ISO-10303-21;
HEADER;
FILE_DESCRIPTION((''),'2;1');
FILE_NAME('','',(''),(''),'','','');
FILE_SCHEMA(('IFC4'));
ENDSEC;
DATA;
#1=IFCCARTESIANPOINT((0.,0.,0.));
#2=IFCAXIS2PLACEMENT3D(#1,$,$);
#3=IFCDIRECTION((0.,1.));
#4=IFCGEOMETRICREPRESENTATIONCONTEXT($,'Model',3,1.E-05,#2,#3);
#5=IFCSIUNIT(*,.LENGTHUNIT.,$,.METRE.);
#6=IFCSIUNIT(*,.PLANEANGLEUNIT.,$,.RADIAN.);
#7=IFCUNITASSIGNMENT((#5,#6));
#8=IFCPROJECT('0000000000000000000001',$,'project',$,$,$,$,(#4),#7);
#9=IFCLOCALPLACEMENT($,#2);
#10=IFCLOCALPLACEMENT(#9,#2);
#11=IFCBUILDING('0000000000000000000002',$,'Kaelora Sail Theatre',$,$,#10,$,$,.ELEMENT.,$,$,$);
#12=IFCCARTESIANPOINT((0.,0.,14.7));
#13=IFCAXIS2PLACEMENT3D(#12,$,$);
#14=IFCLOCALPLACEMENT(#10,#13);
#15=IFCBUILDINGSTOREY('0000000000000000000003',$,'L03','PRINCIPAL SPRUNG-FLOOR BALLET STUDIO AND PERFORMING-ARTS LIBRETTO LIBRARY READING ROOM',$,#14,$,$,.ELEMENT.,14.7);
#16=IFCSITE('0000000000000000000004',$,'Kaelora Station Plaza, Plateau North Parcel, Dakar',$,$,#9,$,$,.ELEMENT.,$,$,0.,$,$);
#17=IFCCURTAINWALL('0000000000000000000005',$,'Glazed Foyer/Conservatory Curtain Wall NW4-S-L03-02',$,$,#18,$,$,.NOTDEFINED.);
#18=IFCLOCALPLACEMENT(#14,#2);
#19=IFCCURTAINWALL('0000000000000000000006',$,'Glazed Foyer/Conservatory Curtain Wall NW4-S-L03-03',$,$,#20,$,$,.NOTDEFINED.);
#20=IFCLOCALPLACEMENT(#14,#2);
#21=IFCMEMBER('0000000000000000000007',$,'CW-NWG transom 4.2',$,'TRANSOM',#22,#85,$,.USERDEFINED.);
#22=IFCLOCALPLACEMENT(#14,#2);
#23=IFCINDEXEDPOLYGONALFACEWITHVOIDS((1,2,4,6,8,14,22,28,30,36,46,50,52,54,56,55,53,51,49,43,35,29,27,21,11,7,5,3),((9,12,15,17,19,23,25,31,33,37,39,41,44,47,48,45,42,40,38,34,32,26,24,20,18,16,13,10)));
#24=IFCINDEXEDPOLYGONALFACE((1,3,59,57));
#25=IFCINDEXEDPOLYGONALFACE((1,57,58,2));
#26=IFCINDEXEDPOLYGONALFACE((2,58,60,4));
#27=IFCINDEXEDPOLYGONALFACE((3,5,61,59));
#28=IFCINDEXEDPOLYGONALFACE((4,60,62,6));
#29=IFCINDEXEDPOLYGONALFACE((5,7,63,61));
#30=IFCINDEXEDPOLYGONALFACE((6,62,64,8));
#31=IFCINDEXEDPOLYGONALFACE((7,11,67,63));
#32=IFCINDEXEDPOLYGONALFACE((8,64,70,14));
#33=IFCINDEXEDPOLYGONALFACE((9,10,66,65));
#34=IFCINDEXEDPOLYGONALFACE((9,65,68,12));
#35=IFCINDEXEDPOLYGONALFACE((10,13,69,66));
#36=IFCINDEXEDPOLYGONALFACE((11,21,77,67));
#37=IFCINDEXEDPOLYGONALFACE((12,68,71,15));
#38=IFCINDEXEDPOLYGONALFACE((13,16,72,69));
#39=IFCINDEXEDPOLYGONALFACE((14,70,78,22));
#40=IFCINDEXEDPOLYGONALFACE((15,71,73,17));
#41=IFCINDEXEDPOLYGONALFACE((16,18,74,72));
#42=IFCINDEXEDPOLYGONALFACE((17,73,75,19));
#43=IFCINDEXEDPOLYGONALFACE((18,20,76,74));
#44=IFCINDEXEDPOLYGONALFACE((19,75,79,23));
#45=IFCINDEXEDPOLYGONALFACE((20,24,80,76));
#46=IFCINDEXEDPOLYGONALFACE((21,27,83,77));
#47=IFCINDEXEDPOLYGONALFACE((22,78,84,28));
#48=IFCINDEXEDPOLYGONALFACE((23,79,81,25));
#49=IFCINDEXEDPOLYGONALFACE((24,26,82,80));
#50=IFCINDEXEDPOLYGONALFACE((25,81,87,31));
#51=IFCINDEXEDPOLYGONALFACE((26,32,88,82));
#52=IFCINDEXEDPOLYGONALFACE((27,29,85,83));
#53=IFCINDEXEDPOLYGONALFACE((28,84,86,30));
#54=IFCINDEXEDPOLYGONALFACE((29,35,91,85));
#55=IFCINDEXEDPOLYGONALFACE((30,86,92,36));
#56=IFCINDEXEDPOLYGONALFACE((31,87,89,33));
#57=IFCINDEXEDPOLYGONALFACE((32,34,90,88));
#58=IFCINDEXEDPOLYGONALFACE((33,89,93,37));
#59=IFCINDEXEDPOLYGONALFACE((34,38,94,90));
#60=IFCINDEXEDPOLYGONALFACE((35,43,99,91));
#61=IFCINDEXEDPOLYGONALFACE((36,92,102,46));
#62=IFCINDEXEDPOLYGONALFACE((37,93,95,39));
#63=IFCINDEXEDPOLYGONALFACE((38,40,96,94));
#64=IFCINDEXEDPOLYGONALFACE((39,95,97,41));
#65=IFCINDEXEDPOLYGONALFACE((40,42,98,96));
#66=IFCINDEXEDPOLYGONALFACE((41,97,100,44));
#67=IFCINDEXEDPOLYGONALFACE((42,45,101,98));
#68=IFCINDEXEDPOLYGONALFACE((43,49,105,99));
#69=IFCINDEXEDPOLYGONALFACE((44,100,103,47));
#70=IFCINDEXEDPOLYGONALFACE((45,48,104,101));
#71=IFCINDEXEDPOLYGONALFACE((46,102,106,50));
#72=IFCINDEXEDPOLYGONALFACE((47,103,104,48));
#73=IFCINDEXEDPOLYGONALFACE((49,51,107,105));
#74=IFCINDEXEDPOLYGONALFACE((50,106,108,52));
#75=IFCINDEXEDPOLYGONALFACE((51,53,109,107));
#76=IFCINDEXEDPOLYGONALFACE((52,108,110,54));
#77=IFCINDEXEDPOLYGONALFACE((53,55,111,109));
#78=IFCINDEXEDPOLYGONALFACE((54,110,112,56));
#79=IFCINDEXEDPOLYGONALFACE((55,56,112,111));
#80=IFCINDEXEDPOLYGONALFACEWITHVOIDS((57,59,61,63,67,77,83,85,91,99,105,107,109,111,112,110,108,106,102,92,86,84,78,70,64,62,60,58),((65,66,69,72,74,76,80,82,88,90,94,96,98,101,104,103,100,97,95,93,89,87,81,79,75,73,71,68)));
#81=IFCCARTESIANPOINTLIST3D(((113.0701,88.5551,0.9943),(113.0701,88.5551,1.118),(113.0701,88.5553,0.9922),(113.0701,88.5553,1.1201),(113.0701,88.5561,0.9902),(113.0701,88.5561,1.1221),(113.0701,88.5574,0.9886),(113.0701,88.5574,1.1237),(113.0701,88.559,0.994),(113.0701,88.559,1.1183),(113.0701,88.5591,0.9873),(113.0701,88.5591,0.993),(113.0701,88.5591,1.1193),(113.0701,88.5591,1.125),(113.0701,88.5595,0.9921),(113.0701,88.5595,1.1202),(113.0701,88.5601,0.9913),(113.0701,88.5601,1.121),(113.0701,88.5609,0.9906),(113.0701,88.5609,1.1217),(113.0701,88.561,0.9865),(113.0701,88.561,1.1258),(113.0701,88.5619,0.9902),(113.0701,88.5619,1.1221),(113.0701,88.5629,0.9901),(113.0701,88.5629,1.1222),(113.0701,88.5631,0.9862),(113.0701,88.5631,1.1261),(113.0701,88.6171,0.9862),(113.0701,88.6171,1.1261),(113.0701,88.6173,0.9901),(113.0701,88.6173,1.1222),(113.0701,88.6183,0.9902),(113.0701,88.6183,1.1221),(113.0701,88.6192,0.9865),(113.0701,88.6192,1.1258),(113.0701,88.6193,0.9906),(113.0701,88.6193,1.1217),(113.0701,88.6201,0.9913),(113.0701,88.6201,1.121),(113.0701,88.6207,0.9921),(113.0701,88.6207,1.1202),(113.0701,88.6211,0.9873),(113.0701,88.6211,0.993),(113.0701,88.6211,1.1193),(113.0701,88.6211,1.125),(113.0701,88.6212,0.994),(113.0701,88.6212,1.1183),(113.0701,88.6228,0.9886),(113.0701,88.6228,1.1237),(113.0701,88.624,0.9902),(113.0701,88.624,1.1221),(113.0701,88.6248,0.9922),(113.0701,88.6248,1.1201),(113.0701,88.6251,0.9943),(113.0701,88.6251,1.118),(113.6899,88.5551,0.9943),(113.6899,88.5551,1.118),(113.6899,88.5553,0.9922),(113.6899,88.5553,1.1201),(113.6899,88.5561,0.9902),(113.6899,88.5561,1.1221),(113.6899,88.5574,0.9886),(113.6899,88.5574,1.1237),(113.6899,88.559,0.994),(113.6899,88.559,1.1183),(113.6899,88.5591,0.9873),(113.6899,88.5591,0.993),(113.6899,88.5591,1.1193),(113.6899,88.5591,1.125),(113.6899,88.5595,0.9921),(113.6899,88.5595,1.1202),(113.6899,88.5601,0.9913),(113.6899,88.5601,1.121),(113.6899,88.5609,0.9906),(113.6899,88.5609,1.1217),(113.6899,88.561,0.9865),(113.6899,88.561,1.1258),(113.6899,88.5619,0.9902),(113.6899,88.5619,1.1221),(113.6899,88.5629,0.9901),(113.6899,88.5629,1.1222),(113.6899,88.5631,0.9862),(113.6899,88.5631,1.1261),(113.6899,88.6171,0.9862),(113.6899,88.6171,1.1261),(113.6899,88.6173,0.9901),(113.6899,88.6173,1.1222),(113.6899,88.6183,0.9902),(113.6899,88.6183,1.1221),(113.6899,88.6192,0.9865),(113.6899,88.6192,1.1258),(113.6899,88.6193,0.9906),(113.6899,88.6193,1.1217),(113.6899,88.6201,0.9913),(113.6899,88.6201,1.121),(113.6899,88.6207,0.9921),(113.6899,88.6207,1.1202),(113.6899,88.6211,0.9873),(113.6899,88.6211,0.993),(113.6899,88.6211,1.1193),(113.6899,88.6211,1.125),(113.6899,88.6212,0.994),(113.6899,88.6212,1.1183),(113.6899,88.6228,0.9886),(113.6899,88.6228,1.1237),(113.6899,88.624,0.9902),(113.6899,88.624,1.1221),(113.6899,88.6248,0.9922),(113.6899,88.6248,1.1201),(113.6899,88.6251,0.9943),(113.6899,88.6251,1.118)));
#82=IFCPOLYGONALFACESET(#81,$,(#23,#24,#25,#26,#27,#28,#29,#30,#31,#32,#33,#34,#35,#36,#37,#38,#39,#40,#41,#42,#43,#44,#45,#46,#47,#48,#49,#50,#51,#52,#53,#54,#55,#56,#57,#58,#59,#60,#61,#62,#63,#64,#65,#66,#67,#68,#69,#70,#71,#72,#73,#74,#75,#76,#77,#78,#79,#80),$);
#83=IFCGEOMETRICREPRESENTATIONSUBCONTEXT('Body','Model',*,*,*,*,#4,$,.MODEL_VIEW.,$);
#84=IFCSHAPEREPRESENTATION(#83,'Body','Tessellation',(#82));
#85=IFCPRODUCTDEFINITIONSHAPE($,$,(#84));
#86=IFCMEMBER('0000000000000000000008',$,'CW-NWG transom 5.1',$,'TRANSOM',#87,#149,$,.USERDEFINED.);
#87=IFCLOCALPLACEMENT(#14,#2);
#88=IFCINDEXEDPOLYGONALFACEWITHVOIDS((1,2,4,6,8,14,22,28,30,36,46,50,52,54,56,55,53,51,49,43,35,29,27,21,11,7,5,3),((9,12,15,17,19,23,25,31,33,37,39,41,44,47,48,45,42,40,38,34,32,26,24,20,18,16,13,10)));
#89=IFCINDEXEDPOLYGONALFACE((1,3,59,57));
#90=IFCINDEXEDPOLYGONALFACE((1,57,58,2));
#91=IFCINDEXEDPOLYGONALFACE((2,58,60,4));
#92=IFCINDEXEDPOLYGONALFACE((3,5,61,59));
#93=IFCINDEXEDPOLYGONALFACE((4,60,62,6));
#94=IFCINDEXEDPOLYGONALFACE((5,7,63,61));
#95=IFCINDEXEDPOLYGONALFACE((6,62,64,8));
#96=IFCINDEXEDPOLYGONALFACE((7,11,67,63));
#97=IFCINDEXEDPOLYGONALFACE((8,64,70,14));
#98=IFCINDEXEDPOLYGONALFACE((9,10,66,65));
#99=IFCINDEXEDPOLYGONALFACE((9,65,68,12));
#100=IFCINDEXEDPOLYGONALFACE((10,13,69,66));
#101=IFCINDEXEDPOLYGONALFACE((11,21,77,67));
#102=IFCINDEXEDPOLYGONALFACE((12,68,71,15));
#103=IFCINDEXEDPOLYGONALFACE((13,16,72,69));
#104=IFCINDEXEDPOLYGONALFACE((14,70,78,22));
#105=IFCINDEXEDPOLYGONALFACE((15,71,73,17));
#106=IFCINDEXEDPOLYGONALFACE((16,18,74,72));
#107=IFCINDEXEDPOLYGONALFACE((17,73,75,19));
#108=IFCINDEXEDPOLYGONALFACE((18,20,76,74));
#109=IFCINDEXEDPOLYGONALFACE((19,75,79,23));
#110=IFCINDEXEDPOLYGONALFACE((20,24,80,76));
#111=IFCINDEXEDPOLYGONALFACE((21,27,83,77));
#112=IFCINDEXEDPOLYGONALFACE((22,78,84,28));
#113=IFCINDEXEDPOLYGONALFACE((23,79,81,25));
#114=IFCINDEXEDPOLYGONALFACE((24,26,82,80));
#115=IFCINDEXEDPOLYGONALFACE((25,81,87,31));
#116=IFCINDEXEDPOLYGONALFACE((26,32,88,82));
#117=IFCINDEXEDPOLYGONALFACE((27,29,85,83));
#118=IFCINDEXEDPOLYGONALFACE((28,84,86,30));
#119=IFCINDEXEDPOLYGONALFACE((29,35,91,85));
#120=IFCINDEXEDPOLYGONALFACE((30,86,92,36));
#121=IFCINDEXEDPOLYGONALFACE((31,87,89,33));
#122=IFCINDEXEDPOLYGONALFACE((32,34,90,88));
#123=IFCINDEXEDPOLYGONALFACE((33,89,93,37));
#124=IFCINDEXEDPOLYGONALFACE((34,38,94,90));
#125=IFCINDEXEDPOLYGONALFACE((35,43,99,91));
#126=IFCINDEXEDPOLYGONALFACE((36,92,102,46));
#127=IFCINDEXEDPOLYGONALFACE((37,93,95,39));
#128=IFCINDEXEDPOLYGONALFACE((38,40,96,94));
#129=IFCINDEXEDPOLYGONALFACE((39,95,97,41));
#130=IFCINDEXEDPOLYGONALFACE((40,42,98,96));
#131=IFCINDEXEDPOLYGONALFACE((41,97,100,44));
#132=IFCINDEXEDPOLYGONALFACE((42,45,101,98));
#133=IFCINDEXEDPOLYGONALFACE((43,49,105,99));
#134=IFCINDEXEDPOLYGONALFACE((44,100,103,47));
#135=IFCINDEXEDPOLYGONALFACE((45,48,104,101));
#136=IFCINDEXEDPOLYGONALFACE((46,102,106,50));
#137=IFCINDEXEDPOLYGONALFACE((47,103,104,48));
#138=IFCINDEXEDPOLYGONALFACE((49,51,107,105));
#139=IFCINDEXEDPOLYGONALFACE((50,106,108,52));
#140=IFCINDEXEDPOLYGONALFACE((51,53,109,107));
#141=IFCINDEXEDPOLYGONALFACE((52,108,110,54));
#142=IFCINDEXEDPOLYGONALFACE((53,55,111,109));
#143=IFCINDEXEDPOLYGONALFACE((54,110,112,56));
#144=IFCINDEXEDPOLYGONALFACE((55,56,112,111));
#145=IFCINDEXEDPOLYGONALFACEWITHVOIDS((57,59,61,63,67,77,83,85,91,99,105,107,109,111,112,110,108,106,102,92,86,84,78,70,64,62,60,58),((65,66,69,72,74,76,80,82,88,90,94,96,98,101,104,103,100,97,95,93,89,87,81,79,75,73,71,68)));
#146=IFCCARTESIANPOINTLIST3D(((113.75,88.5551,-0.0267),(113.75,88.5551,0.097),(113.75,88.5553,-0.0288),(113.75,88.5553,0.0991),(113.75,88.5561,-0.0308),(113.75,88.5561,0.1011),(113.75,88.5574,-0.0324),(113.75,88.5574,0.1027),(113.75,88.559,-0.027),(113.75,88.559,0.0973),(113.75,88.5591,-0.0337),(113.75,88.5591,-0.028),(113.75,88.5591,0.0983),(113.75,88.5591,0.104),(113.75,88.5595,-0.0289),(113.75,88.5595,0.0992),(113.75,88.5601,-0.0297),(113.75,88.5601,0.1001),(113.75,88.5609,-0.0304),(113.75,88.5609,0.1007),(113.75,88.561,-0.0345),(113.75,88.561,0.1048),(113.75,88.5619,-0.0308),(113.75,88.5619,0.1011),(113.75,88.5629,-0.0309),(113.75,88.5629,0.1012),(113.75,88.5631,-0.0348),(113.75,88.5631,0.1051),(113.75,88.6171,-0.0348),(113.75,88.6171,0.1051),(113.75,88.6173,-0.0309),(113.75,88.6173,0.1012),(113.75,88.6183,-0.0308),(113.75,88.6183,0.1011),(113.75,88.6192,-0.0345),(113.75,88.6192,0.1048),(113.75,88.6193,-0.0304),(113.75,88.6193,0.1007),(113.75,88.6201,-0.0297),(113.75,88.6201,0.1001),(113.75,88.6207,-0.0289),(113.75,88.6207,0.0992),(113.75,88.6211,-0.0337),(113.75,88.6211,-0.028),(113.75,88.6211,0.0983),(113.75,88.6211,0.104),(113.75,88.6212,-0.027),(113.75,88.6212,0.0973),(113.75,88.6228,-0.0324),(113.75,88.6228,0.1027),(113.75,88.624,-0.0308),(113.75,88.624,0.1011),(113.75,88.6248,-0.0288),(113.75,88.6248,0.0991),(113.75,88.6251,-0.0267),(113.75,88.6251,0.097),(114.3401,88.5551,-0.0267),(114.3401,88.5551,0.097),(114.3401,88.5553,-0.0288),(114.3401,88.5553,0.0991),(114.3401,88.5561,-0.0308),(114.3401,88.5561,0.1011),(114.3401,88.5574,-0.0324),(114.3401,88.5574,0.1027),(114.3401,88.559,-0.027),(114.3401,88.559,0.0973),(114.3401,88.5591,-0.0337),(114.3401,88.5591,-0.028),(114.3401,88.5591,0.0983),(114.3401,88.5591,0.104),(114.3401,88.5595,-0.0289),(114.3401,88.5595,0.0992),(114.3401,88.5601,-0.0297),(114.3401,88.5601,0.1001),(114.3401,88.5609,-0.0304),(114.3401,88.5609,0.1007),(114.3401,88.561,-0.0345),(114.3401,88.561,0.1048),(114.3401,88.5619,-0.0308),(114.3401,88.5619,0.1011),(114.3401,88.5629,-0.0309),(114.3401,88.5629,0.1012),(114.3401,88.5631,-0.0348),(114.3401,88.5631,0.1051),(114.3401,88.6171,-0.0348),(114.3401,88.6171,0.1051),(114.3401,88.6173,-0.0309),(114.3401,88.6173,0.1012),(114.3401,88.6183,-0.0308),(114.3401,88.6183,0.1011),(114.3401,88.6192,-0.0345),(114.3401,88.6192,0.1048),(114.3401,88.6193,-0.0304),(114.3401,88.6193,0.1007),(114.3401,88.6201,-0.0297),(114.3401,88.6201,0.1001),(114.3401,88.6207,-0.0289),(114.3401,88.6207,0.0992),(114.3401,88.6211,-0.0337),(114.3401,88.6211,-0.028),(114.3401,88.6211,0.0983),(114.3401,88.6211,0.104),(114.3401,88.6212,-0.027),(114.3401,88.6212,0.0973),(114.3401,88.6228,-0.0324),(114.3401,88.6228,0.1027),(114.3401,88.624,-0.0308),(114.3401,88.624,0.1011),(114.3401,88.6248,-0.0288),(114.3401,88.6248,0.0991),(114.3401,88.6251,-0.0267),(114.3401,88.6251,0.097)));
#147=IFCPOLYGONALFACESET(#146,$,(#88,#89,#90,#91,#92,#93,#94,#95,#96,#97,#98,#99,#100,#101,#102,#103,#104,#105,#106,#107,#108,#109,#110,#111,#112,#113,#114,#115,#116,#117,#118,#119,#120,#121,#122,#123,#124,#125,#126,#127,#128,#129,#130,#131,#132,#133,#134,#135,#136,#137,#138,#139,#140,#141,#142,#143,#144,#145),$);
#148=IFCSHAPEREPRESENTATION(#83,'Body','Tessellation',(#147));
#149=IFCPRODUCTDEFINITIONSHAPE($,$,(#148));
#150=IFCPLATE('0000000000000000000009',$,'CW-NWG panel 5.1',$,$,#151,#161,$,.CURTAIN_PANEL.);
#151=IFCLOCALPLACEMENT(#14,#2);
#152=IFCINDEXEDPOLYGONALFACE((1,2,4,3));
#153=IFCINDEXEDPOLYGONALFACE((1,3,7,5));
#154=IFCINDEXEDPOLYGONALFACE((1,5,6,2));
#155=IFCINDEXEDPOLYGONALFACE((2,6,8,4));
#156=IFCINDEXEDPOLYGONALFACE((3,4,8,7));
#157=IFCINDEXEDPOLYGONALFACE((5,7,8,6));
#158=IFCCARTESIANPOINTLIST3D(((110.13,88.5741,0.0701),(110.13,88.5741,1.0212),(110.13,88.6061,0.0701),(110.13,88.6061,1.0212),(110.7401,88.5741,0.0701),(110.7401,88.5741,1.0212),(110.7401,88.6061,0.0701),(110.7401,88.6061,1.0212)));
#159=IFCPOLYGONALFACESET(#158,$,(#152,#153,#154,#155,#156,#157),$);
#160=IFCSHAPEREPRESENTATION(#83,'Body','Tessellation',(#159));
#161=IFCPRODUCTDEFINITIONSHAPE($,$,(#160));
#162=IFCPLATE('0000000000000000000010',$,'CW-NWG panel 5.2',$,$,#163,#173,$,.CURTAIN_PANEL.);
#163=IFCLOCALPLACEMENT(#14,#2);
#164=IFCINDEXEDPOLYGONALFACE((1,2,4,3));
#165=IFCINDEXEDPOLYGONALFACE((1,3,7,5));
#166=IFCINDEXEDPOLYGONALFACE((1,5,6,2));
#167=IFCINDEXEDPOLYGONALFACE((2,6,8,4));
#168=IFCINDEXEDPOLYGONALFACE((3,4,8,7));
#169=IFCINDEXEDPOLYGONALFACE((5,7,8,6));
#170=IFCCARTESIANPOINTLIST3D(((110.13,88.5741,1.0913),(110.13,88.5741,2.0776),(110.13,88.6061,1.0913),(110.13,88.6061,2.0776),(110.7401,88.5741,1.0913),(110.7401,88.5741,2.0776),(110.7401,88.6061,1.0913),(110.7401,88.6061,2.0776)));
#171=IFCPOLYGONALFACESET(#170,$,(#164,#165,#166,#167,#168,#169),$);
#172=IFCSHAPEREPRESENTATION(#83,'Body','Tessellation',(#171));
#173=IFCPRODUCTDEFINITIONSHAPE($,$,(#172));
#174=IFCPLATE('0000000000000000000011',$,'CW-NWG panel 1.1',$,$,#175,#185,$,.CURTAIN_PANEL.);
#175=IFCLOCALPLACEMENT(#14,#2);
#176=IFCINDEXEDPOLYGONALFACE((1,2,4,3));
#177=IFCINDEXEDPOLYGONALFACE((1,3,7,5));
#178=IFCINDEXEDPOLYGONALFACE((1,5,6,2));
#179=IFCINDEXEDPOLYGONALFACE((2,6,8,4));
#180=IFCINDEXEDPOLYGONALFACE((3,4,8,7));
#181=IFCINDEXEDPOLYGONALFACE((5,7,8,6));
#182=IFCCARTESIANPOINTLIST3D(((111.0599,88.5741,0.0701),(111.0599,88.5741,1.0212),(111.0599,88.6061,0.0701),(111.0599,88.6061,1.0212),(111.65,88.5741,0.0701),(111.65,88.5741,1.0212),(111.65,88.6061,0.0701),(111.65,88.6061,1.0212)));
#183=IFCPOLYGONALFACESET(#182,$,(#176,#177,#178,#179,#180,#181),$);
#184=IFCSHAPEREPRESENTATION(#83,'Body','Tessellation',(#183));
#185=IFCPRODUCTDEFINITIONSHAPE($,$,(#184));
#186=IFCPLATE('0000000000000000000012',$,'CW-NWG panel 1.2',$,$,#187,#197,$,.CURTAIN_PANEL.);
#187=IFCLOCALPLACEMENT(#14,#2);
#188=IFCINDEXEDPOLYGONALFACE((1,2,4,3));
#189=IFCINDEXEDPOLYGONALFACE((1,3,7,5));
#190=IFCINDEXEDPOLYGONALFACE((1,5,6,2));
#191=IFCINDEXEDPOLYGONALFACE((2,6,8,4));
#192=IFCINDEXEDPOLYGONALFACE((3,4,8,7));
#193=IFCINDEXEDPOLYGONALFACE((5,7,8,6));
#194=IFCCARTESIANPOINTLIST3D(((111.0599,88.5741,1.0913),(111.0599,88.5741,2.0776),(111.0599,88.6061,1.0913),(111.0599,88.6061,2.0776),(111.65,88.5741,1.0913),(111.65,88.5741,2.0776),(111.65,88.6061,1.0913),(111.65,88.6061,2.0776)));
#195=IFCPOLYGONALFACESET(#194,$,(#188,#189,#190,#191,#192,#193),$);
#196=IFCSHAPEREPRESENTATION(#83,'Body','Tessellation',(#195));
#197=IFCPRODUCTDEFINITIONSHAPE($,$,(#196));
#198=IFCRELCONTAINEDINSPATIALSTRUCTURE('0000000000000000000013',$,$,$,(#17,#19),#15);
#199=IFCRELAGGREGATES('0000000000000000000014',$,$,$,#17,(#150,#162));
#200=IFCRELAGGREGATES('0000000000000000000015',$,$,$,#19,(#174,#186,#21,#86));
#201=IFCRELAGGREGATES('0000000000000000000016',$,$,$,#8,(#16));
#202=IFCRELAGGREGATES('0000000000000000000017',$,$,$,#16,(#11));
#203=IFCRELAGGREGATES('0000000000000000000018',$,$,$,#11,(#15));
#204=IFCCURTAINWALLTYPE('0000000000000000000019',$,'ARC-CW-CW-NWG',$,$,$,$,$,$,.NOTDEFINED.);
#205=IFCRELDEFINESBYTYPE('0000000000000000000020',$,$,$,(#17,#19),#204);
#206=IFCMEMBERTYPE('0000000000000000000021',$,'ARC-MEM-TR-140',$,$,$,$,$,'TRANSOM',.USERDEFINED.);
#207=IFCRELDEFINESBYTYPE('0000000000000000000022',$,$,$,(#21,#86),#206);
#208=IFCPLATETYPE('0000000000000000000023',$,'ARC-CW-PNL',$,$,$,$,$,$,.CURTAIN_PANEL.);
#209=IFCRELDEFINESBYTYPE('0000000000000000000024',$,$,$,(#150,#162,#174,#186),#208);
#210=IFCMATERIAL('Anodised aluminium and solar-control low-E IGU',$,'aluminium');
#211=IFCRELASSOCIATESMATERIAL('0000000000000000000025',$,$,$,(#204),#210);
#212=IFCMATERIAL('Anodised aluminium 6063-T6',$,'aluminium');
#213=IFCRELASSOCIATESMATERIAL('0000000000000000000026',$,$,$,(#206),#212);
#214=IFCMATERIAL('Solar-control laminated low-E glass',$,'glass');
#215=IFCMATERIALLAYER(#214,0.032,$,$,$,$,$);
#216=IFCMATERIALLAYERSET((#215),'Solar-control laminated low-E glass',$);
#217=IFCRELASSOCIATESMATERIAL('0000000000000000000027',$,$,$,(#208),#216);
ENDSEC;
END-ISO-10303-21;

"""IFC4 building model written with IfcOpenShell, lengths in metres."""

from ifc_helpers import new_model, si_unit, direction, frame, origin, origin_2d, place, context, subcontext, project, spatial, rectangle, hollow_rectangle, extrude, material, layer, layer_set, material_profile, profile_set, type_object, element, aggregate, save


model = new_model("IFC4")

# Units and contexts
model_context = context("Model", 3, precision=1e-05, world=origin(), true_north=direction((0.0, 1.0)))
body_context = subcontext(model_context, "Body", "Model", "MODEL_VIEW")
ifc_project = project(units=[si_unit("LENGTHUNIT", "METRE"), si_unit("PLANEANGLEUNIT", "RADIAN")], contexts=[model_context])

# Site, building, storey
site_placement = place(None, origin())
site = spatial("IfcSite", under=ifc_project, at=site_placement, Name="Kaelora Station Plaza, Plateau North Parcel, Dakar", CompositionType="ELEMENT", RefElevation=0.0)
building_placement = place(site_placement, origin())
building = spatial("IfcBuilding", under=site, at=building_placement, Name="Kaelora Sail Theatre", CompositionType="ELEMENT")
storey_placement = place(building_placement, frame((0.0, 0.0, 14.7)))
storey = spatial("IfcBuildingStorey", under=building, at=storey_placement, Name="L03", Description="PRINCIPAL SPRUNG-FLOOR BALLET STUDIO AND PERFORMING-ARTS LIBRETTO LIBRARY READING ROOM", CompositionType="ELEMENT", Elevation=14.7)

# Curtain walls
ifc_material_1 = material(Name="Anodised aluminium and solar-control low-E IGU", Category="aluminium")
curtain_wall_type = type_object("IfcCurtainWallType", Name="ARC-CW-CW-NWG", PredefinedType="NOTDEFINED", material=ifc_material_1)
curtain_wall_1_placement = place(storey_placement, origin())
curtain_wall_1 = element("IfcCurtainWall", 1, at=curtain_wall_1_placement, inside=storey, type_object=curtain_wall_type, Name="Glazed Foyer/Conservatory Curtain Wall NW4-S-L03-02", PredefinedType="NOTDEFINED")
curtain_wall_2_placement = place(storey_placement, origin())
curtain_wall_2 = element("IfcCurtainWall", 2, at=curtain_wall_2_placement, inside=storey, type_object=curtain_wall_type, Name="Glazed Foyer/Conservatory Curtain Wall NW4-S-L03-03", PredefinedType="NOTDEFINED")

# Members
ifc_material_2 = material(Name="Anodised aluminium 6063-T6", Category="aluminium")
ifc_material_profile_1 = material_profile(ifc_material_2, hollow_rectangle(XDim=0.0701, YDim=0.1399, WallThickness=0.0039, InnerFilletRadius=0.0039, OuterFilletRadius=0.0081, at=origin_2d()), Name="ALU-TRAN 70x140x4")
ifc_profile_set_1 = profile_set([ifc_material_profile_1], Name="Anodised aluminium 6063-T6")
member_type_1 = type_object("IfcMemberType", Name="ARC-MEM-TR-140", ElementType="TRANSOM", PredefinedType="USERDEFINED", material=ifc_profile_set_1)
member_1_placement = place(storey_placement, frame((113.0701, 88.5901, 1.0562), z_axis=(1.0, 0.0, 0.0), x_axis=(0.0, 1.0, 0.0)))
member_1 = element("IfcMember", 3, at=member_1_placement, type_object=member_type_1, Name="CW-NWG transom 4.2", ObjectType="TRANSOM", PredefinedType="USERDEFINED", context=body_context, shape_type="SweptSolid", body=[
    extrude(hollow_rectangle(XDim=0.0701, YDim=0.1399, WallThickness=0.0039, InnerFilletRadius=0.0039, OuterFilletRadius=0.0081, at=origin_2d()), origin(), (0.0, 0.0, 1.0), 0.6199),
])
member_2_placement = place(storey_placement, frame((113.75, 88.5901, 0.0352), z_axis=(1.0, 0.0, 0.0), x_axis=(0.0, 1.0, 0.0)))
member_2 = element("IfcMember", 4, at=member_2_placement, type_object=member_type_1, Name="CW-NWG transom 5.1", ObjectType="TRANSOM", PredefinedType="USERDEFINED", context=body_context, shape_type="SweptSolid", body=[
    extrude(hollow_rectangle(XDim=0.0701, YDim=0.1399, WallThickness=0.0039, InnerFilletRadius=0.0039, OuterFilletRadius=0.0081, at=origin_2d()), origin(), (0.0, 0.0, 1.0), 0.5901),
])

# Plates
ifc_material_3 = material(Name="Solar-control laminated low-E glass", Category="glass")
ifc_layer = layer(ifc_material_3, 0.032)
ifc_layer_set = layer_set([ifc_layer], Name="Solar-control laminated low-E glass")
plate_type = type_object("IfcPlateType", Name="ARC-CW-PNL", PredefinedType="CURTAIN_PANEL", material=ifc_layer_set)
plate_1_placement = place(storey_placement, frame((110.4351, 88.5901, 0.0701), z_axis=(0.0, 0.0, 1.0), x_axis=(1.0, 0.0, 0.0)))
plate_1 = element("IfcPlate", 5, at=plate_1_placement, type_object=plate_type, Name="CW-NWG panel 5.1", PredefinedType="CURTAIN_PANEL", context=body_context, shape_type="SweptSolid", body=[
    extrude(rectangle(XDim=0.6101, YDim=0.032, at=origin_2d()), origin(), (0.0, 0.0, 1.0), 0.9512),
])
plate_2_placement = place(storey_placement, frame((110.4351, 88.5901, 1.0913), z_axis=(0.0, 0.0, 1.0), x_axis=(1.0, 0.0, 0.0)))
plate_2 = element("IfcPlate", 6, at=plate_2_placement, type_object=plate_type, Name="CW-NWG panel 5.2", PredefinedType="CURTAIN_PANEL", context=body_context, shape_type="SweptSolid", body=[
    extrude(rectangle(XDim=0.6101, YDim=0.032, at=origin_2d()), origin(), (0.0, 0.0, 1.0), 0.9863),
])
aggregate(curtain_wall_1, [plate_1, plate_2])
plate_3_placement = place(storey_placement, frame((111.355, 88.5901, 0.0701), z_axis=(0.0, 0.0, 1.0), x_axis=(1.0, 0.0, 0.0)))
plate_3 = element("IfcPlate", 7, at=plate_3_placement, type_object=plate_type, Name="CW-NWG panel 1.1", PredefinedType="CURTAIN_PANEL", context=body_context, shape_type="SweptSolid", body=[
    extrude(rectangle(XDim=0.5901, YDim=0.032, at=origin_2d()), origin(), (0.0, 0.0, 1.0), 0.9512),
])
plate_4_placement = place(storey_placement, frame((111.355, 88.5901, 1.0913), z_axis=(0.0, 0.0, 1.0), x_axis=(1.0, 0.0, 0.0)))
plate_4 = element("IfcPlate", 8, at=plate_4_placement, type_object=plate_type, Name="CW-NWG panel 1.2", PredefinedType="CURTAIN_PANEL", context=body_context, shape_type="SweptSolid", body=[
    extrude(rectangle(XDim=0.5901, YDim=0.032, at=origin_2d()), origin(), (0.0, 0.0, 1.0), 0.9863),
])
aggregate(curtain_wall_2, [plate_3, plate_4, member_1, member_2])

save(model, "model.ifc")
